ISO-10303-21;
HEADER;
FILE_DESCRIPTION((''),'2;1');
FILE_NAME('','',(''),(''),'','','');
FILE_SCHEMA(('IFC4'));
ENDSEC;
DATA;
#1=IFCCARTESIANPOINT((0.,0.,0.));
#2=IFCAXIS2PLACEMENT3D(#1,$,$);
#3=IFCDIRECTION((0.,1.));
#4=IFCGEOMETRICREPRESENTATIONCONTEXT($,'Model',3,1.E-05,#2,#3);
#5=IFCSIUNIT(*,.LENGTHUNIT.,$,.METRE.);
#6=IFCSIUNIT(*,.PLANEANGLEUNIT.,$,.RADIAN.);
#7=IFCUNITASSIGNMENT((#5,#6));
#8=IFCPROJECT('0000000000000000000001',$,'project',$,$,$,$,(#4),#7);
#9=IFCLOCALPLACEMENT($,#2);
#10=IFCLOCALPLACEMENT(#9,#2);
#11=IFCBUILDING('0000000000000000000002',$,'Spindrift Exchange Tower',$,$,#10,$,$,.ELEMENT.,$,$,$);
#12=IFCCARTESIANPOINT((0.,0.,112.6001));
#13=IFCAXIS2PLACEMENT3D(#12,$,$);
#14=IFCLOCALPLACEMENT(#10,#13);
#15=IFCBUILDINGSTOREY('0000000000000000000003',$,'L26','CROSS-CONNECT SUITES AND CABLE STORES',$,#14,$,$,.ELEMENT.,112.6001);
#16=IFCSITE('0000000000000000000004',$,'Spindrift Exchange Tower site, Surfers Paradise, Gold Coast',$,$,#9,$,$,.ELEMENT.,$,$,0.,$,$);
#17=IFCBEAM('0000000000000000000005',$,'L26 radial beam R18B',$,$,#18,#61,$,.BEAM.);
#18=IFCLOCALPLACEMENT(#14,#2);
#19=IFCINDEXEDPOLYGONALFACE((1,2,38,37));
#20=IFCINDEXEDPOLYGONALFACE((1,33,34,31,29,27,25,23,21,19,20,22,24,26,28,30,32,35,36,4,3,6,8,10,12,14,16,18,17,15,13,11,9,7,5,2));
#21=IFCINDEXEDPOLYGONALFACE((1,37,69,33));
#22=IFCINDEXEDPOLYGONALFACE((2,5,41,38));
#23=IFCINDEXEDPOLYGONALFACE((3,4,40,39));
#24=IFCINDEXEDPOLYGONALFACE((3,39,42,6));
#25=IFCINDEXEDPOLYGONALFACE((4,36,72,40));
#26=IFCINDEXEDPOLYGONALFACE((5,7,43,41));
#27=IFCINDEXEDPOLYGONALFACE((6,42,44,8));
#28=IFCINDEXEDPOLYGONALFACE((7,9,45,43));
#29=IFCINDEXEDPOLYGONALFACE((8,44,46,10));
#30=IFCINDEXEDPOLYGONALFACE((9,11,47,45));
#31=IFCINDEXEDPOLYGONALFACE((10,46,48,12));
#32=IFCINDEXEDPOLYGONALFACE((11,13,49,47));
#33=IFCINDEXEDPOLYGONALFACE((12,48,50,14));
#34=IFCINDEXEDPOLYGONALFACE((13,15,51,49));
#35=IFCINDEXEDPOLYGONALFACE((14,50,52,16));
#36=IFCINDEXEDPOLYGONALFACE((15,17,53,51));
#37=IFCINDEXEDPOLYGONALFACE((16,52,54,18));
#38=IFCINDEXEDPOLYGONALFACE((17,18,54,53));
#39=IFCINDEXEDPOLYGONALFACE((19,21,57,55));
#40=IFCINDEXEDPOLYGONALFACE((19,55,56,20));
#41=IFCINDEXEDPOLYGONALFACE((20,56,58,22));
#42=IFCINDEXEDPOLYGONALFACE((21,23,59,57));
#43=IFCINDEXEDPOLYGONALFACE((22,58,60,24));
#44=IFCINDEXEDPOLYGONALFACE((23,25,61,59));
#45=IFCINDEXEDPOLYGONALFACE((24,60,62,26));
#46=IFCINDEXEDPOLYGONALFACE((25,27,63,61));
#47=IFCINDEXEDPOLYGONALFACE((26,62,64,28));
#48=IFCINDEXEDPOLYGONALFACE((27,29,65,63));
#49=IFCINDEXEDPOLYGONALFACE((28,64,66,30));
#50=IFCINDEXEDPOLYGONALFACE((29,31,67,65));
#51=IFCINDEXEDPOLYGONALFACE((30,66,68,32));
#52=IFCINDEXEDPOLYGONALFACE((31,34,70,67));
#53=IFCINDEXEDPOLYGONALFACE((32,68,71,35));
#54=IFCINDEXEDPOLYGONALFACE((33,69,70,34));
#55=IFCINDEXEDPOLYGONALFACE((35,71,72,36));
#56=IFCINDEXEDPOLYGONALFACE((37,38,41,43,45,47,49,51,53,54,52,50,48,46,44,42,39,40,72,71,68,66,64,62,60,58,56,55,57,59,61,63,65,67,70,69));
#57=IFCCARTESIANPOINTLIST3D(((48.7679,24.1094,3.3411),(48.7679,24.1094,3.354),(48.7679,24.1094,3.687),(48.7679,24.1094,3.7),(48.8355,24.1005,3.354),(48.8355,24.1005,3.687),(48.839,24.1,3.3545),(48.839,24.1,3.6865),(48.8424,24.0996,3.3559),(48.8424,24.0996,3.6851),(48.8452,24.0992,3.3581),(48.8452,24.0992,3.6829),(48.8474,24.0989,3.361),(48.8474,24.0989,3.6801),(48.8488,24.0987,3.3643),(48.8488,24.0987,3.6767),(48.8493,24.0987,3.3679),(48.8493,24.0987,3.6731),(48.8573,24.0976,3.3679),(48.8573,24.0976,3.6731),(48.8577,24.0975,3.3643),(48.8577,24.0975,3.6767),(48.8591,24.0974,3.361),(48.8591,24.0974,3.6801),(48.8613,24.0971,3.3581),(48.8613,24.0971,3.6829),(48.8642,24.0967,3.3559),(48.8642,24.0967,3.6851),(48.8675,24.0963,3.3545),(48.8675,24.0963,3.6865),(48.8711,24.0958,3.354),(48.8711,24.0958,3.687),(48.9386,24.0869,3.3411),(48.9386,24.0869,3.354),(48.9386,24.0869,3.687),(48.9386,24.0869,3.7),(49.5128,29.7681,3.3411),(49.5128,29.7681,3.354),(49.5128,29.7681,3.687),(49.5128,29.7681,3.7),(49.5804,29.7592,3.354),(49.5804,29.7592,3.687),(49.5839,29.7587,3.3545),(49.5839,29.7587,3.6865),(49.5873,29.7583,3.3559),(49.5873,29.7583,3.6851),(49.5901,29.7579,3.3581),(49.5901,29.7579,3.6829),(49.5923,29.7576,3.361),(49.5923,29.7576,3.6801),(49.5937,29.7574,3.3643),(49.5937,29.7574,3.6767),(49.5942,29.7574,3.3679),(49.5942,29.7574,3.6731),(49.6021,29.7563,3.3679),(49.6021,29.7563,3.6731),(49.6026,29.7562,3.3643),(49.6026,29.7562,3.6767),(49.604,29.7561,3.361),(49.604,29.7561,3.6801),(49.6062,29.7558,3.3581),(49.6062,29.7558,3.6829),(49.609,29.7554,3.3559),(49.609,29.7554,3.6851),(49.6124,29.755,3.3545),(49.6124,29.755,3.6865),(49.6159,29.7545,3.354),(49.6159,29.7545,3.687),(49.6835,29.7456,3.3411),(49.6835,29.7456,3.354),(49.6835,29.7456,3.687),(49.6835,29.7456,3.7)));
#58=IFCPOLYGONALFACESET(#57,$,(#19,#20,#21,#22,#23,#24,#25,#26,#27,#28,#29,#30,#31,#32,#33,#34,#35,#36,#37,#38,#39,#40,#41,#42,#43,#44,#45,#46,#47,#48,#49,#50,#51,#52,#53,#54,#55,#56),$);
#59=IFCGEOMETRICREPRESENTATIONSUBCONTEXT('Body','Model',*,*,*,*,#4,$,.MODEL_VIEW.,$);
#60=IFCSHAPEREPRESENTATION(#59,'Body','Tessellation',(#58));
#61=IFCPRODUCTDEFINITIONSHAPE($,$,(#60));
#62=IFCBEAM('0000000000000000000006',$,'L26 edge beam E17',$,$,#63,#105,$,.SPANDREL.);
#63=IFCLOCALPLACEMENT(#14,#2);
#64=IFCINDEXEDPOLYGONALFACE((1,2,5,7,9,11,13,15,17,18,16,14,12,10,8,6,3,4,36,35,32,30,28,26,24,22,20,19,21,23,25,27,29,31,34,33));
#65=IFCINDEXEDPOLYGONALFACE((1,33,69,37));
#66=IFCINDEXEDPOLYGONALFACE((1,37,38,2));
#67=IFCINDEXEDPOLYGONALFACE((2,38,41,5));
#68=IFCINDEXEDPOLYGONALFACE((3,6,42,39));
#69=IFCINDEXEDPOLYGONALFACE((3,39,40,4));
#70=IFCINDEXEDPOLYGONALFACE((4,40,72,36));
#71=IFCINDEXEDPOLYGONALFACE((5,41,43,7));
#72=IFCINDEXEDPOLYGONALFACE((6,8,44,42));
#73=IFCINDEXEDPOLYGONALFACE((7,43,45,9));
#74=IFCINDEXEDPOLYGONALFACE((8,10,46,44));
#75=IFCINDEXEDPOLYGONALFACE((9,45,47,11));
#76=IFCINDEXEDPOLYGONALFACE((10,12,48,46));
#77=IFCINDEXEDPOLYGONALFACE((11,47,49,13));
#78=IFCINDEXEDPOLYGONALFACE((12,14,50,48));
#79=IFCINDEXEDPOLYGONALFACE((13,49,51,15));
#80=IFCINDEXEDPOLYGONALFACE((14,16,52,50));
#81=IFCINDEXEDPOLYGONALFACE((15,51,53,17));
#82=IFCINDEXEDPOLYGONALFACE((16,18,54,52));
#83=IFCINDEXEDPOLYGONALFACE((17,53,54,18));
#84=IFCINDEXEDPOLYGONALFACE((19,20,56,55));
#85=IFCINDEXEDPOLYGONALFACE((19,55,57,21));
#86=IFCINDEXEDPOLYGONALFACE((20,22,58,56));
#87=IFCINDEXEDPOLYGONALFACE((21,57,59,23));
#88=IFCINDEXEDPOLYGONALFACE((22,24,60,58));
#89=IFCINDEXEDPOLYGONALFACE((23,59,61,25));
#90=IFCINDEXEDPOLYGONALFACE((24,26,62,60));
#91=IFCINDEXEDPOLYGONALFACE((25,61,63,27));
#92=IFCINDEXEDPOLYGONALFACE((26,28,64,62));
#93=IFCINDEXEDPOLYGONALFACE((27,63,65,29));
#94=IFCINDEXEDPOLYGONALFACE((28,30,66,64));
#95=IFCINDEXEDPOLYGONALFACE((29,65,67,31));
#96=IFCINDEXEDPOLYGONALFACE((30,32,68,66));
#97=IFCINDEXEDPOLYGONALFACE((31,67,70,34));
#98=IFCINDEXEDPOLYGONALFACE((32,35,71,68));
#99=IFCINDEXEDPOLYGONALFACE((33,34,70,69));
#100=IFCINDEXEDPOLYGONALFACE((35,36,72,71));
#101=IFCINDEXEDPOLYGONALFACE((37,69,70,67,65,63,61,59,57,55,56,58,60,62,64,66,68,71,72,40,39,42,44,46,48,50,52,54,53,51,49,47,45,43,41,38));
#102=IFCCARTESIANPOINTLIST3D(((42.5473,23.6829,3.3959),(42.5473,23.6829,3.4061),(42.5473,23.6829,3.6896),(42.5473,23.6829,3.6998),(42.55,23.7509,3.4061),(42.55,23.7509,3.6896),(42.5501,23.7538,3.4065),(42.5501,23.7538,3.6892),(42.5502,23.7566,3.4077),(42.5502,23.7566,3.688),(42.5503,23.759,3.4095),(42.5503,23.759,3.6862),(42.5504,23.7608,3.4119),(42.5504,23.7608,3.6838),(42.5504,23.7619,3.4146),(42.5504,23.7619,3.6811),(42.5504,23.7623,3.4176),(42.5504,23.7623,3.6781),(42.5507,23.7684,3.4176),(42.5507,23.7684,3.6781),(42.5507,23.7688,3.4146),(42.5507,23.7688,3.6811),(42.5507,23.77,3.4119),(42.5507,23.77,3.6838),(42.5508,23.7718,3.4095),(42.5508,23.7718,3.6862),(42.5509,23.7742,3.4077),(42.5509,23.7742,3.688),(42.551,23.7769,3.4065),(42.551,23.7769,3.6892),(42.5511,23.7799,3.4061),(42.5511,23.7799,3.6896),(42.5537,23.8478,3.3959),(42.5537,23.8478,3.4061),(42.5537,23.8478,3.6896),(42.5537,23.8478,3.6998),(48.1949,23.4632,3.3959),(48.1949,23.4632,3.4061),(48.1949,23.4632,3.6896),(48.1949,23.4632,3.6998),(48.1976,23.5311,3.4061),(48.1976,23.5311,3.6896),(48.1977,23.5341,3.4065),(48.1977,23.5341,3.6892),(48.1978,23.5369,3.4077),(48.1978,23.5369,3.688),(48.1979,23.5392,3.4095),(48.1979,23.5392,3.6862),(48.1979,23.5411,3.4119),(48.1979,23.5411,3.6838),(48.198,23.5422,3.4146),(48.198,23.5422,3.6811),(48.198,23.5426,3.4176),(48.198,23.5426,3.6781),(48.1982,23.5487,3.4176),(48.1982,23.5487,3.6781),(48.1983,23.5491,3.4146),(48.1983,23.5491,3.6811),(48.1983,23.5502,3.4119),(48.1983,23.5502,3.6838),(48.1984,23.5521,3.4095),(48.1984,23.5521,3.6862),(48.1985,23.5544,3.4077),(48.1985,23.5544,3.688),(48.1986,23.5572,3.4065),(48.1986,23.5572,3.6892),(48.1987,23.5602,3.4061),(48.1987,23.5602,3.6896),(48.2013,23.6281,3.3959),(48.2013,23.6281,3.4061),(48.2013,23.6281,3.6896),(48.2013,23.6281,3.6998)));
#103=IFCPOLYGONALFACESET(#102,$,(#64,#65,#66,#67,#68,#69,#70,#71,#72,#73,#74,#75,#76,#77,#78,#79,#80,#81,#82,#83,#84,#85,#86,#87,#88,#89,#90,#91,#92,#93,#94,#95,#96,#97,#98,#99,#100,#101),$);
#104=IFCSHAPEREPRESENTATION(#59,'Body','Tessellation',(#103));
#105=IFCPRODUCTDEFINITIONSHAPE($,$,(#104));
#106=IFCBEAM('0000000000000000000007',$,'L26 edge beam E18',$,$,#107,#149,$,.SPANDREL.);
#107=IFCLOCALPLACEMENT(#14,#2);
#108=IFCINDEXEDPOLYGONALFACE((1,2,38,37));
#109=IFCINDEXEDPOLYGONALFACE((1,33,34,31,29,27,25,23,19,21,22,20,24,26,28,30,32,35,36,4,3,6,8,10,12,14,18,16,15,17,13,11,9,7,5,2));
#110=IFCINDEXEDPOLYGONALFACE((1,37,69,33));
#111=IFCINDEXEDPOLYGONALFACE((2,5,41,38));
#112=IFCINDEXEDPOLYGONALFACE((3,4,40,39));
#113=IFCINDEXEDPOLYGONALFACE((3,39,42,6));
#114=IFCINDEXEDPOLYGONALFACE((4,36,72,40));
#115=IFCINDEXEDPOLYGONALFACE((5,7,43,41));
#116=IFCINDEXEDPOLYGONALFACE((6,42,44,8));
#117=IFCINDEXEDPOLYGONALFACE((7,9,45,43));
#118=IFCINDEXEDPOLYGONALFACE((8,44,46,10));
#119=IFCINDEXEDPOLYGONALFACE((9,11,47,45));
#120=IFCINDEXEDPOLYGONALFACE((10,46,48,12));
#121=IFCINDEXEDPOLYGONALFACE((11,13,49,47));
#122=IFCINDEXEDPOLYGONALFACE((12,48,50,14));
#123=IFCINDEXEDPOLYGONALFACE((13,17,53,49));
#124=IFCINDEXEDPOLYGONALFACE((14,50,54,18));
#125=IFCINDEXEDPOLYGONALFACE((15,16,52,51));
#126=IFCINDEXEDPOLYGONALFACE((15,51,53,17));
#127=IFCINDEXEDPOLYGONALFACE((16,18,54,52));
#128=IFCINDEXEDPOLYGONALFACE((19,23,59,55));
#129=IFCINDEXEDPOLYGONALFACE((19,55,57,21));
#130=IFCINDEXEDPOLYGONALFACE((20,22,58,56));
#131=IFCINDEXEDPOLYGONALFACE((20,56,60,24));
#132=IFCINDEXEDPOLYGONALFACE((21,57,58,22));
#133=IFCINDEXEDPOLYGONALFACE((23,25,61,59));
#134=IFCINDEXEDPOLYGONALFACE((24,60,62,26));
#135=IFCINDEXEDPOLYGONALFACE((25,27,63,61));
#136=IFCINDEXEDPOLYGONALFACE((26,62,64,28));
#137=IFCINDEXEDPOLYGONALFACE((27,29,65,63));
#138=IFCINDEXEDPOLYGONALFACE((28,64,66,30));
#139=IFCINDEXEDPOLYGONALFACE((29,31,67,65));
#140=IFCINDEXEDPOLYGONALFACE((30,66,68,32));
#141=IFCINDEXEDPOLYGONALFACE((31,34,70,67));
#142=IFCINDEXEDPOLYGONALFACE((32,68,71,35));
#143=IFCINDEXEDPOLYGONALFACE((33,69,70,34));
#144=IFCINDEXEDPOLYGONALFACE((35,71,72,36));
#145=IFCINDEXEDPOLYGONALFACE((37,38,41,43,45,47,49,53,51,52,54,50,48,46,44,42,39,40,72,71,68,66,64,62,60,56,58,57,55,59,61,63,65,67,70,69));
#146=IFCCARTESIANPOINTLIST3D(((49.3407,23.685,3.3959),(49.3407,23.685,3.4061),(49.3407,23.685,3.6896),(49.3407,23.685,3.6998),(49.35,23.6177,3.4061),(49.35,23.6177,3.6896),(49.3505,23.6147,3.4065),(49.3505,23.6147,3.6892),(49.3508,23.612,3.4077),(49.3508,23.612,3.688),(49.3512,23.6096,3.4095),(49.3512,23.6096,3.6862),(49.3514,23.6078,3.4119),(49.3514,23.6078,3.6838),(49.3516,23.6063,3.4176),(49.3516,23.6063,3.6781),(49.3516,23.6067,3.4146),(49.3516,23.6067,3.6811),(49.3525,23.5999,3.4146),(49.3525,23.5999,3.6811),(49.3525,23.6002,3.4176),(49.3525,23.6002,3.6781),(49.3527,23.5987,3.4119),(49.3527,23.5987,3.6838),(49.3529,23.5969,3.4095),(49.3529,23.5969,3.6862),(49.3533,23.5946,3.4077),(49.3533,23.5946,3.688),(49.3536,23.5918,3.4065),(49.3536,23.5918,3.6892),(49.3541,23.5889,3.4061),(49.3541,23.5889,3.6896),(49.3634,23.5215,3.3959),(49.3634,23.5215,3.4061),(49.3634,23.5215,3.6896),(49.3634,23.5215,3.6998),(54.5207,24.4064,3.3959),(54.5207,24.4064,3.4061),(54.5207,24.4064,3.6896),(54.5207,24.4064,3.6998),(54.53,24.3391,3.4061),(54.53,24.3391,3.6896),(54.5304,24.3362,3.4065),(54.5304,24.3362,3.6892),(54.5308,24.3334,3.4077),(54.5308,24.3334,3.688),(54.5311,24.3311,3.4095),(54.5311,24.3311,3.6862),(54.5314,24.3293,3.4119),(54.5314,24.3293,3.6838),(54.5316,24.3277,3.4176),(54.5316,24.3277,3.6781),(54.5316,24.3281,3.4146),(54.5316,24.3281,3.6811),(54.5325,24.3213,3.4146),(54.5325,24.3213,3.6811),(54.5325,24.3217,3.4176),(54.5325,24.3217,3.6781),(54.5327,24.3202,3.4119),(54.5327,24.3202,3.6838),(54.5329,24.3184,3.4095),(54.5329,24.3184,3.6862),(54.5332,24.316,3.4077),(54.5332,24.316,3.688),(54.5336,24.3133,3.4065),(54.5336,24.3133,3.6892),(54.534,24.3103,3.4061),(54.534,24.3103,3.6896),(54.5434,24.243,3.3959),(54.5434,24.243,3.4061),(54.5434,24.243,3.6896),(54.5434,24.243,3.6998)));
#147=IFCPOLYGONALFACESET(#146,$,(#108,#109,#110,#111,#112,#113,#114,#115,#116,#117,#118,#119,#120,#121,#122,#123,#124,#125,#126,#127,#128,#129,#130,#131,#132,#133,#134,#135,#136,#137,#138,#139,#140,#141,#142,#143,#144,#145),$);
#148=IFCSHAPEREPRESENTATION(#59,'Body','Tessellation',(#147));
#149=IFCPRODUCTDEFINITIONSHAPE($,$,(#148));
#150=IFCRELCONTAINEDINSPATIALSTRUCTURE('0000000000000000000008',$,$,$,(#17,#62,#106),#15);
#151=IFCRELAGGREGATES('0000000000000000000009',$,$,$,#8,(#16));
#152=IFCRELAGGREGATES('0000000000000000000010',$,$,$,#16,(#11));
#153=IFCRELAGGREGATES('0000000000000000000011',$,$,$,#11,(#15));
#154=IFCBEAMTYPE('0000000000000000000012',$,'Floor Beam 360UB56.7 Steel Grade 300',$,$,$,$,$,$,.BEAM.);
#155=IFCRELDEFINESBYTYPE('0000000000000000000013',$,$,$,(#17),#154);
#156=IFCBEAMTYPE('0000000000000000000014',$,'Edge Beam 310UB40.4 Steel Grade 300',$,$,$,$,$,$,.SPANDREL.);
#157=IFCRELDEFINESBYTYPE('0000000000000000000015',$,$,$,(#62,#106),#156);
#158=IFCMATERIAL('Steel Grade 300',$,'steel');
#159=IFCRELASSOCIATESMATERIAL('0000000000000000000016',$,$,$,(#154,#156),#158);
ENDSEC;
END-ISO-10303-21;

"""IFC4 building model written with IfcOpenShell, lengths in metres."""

from ifc_helpers import new_model, si_unit, direction, frame, origin, origin_2d, place, context, subcontext, project, spatial, i_section, extrude, source, transform, mapped, material, material_profile, profile_set, type_object, element, save


model = new_model("IFC4")

# Units and contexts
model_context = context("Model", 3, precision=1e-05, world=origin(), true_north=direction((0.0, 1.0)))
body_context = subcontext(model_context, "Body", "Model", "MODEL_VIEW")
ifc_project = project(units=[si_unit("LENGTHUNIT", "METRE"), si_unit("PLANEANGLEUNIT", "RADIAN")], contexts=[model_context])

# Site, building, storey
site_placement = place(None, origin())
site = spatial("IfcSite", under=ifc_project, at=site_placement, Name="Spindrift Exchange Tower site, Surfers Paradise, Gold Coast", CompositionType="ELEMENT", RefElevation=0.0)
building_placement = place(site_placement, origin())
building = spatial("IfcBuilding", under=site, at=building_placement, Name="Spindrift Exchange Tower", CompositionType="ELEMENT")
storey_placement = place(building_placement, frame((0.0, 0.0, 112.6001)))
storey = spatial("IfcBuildingStorey", under=building, at=storey_placement, Name="L26", Description="CROSS-CONNECT SUITES AND CABLE STORES", CompositionType="ELEMENT", Elevation=112.6001)

# Beams
ifc_material_1 = material(Name="Steel Grade 300", Category="steel")
ifc_material_profile_1 = material_profile(ifc_material_1, i_section(OverallWidth=0.1721, OverallDepth=0.3589, WebThickness=0.0081, FlangeThickness=0.0129, FilletRadius=0.0139, at=origin_2d()), Name="360UB56.7")
ifc_profile_set_1 = profile_set([ifc_material_profile_1], Name="Steel Grade 300")
beam_type_1 = type_object("IfcBeamType", Name="Floor Beam 360UB56.7 Steel Grade 300", PredefinedType="BEAM", material=ifc_profile_set_1)
shared_shape_1 = source(origin(), body_context, "Body", "SweptSolid", [
    extrude(i_section(OverallWidth=0.1721, OverallDepth=0.3589, WebThickness=0.0081, FlangeThickness=0.0129, FilletRadius=0.0139, at=origin_2d()), origin(), (0.0, 0.0, 1.0), 5.7075),
])
beam_1_placement = place(storey_placement, frame((49.5981, 29.7568, 3.5205), z_axis=(-0.130508, -0.991447, 0.0), x_axis=(0.991447, -0.130508, 0.0)))
element("IfcBeam", 1, at=beam_1_placement, inside=storey, type_object=beam_type_1, Name="L26 radial beam R18B", PredefinedType="BEAM", context=body_context, shape_type="MappedRepresentation", body=[
    mapped(shared_shape_1, transform((0.0, 0.0, 0.0), scale=1.0)),
])
ifc_material_profile_2 = material_profile(ifc_material_1, i_section(OverallWidth=0.165, OverallDepth=0.304, WebThickness=0.0061, FlangeThickness=0.0103, FilletRadius=0.0115, at=origin_2d()), Name="310UB40.4")
ifc_profile_set_2 = profile_set([ifc_material_profile_2], Name="Steel Grade 300")
beam_type_2 = type_object("IfcBeamType", Name="Edge Beam 310UB40.4 Steel Grade 300", PredefinedType="SPANDREL", material=ifc_profile_set_2)
shared_shape_2 = source(origin(), body_context, "Body", "SweptSolid", [
    extrude(i_section(OverallWidth=0.165, OverallDepth=0.304, WebThickness=0.0061, FlangeThickness=0.0103, FilletRadius=0.0115, at=origin_2d()), origin(), (0.0, 0.0, 1.0), 5.6519),
])
beam_2_placement = place(storey_placement, frame((42.5505, 23.7654, 3.5479), z_axis=(0.999244, -0.038878, 0.0), x_axis=(0.038878, 0.999244, 0.0)))
element("IfcBeam", 2, at=beam_2_placement, inside=storey, type_object=beam_type_2, Name="L26 edge beam E17", PredefinedType="SPANDREL", context=body_context, shape_type="MappedRepresentation", body=[
    mapped(shared_shape_2, transform((0.0, 0.0, 0.0), scale=1.0)),
])
shared_shape_3 = source(origin(), body_context, "Body", "SweptSolid", [
    extrude(i_section(OverallWidth=0.165, OverallDepth=0.304, WebThickness=0.0061, FlangeThickness=0.0103, FilletRadius=0.0115, at=origin_2d()), origin(), (0.0, 0.0, 1.0), 5.23),
])
beam_3_placement = place(storey_placement, frame((49.3521, 23.6033, 3.5479), z_axis=(0.99044, 0.137944, 0.0), x_axis=(-0.137944, 0.99044, 0.0)))
element("IfcBeam", 3, at=beam_3_placement, inside=storey, type_object=beam_type_2, Name="L26 edge beam E18", PredefinedType="SPANDREL", context=body_context, shape_type="MappedRepresentation", body=[
    mapped(shared_shape_3, transform((0.0, 0.0, 0.0), scale=1.0)),
])

save(model, "model.ifc")
